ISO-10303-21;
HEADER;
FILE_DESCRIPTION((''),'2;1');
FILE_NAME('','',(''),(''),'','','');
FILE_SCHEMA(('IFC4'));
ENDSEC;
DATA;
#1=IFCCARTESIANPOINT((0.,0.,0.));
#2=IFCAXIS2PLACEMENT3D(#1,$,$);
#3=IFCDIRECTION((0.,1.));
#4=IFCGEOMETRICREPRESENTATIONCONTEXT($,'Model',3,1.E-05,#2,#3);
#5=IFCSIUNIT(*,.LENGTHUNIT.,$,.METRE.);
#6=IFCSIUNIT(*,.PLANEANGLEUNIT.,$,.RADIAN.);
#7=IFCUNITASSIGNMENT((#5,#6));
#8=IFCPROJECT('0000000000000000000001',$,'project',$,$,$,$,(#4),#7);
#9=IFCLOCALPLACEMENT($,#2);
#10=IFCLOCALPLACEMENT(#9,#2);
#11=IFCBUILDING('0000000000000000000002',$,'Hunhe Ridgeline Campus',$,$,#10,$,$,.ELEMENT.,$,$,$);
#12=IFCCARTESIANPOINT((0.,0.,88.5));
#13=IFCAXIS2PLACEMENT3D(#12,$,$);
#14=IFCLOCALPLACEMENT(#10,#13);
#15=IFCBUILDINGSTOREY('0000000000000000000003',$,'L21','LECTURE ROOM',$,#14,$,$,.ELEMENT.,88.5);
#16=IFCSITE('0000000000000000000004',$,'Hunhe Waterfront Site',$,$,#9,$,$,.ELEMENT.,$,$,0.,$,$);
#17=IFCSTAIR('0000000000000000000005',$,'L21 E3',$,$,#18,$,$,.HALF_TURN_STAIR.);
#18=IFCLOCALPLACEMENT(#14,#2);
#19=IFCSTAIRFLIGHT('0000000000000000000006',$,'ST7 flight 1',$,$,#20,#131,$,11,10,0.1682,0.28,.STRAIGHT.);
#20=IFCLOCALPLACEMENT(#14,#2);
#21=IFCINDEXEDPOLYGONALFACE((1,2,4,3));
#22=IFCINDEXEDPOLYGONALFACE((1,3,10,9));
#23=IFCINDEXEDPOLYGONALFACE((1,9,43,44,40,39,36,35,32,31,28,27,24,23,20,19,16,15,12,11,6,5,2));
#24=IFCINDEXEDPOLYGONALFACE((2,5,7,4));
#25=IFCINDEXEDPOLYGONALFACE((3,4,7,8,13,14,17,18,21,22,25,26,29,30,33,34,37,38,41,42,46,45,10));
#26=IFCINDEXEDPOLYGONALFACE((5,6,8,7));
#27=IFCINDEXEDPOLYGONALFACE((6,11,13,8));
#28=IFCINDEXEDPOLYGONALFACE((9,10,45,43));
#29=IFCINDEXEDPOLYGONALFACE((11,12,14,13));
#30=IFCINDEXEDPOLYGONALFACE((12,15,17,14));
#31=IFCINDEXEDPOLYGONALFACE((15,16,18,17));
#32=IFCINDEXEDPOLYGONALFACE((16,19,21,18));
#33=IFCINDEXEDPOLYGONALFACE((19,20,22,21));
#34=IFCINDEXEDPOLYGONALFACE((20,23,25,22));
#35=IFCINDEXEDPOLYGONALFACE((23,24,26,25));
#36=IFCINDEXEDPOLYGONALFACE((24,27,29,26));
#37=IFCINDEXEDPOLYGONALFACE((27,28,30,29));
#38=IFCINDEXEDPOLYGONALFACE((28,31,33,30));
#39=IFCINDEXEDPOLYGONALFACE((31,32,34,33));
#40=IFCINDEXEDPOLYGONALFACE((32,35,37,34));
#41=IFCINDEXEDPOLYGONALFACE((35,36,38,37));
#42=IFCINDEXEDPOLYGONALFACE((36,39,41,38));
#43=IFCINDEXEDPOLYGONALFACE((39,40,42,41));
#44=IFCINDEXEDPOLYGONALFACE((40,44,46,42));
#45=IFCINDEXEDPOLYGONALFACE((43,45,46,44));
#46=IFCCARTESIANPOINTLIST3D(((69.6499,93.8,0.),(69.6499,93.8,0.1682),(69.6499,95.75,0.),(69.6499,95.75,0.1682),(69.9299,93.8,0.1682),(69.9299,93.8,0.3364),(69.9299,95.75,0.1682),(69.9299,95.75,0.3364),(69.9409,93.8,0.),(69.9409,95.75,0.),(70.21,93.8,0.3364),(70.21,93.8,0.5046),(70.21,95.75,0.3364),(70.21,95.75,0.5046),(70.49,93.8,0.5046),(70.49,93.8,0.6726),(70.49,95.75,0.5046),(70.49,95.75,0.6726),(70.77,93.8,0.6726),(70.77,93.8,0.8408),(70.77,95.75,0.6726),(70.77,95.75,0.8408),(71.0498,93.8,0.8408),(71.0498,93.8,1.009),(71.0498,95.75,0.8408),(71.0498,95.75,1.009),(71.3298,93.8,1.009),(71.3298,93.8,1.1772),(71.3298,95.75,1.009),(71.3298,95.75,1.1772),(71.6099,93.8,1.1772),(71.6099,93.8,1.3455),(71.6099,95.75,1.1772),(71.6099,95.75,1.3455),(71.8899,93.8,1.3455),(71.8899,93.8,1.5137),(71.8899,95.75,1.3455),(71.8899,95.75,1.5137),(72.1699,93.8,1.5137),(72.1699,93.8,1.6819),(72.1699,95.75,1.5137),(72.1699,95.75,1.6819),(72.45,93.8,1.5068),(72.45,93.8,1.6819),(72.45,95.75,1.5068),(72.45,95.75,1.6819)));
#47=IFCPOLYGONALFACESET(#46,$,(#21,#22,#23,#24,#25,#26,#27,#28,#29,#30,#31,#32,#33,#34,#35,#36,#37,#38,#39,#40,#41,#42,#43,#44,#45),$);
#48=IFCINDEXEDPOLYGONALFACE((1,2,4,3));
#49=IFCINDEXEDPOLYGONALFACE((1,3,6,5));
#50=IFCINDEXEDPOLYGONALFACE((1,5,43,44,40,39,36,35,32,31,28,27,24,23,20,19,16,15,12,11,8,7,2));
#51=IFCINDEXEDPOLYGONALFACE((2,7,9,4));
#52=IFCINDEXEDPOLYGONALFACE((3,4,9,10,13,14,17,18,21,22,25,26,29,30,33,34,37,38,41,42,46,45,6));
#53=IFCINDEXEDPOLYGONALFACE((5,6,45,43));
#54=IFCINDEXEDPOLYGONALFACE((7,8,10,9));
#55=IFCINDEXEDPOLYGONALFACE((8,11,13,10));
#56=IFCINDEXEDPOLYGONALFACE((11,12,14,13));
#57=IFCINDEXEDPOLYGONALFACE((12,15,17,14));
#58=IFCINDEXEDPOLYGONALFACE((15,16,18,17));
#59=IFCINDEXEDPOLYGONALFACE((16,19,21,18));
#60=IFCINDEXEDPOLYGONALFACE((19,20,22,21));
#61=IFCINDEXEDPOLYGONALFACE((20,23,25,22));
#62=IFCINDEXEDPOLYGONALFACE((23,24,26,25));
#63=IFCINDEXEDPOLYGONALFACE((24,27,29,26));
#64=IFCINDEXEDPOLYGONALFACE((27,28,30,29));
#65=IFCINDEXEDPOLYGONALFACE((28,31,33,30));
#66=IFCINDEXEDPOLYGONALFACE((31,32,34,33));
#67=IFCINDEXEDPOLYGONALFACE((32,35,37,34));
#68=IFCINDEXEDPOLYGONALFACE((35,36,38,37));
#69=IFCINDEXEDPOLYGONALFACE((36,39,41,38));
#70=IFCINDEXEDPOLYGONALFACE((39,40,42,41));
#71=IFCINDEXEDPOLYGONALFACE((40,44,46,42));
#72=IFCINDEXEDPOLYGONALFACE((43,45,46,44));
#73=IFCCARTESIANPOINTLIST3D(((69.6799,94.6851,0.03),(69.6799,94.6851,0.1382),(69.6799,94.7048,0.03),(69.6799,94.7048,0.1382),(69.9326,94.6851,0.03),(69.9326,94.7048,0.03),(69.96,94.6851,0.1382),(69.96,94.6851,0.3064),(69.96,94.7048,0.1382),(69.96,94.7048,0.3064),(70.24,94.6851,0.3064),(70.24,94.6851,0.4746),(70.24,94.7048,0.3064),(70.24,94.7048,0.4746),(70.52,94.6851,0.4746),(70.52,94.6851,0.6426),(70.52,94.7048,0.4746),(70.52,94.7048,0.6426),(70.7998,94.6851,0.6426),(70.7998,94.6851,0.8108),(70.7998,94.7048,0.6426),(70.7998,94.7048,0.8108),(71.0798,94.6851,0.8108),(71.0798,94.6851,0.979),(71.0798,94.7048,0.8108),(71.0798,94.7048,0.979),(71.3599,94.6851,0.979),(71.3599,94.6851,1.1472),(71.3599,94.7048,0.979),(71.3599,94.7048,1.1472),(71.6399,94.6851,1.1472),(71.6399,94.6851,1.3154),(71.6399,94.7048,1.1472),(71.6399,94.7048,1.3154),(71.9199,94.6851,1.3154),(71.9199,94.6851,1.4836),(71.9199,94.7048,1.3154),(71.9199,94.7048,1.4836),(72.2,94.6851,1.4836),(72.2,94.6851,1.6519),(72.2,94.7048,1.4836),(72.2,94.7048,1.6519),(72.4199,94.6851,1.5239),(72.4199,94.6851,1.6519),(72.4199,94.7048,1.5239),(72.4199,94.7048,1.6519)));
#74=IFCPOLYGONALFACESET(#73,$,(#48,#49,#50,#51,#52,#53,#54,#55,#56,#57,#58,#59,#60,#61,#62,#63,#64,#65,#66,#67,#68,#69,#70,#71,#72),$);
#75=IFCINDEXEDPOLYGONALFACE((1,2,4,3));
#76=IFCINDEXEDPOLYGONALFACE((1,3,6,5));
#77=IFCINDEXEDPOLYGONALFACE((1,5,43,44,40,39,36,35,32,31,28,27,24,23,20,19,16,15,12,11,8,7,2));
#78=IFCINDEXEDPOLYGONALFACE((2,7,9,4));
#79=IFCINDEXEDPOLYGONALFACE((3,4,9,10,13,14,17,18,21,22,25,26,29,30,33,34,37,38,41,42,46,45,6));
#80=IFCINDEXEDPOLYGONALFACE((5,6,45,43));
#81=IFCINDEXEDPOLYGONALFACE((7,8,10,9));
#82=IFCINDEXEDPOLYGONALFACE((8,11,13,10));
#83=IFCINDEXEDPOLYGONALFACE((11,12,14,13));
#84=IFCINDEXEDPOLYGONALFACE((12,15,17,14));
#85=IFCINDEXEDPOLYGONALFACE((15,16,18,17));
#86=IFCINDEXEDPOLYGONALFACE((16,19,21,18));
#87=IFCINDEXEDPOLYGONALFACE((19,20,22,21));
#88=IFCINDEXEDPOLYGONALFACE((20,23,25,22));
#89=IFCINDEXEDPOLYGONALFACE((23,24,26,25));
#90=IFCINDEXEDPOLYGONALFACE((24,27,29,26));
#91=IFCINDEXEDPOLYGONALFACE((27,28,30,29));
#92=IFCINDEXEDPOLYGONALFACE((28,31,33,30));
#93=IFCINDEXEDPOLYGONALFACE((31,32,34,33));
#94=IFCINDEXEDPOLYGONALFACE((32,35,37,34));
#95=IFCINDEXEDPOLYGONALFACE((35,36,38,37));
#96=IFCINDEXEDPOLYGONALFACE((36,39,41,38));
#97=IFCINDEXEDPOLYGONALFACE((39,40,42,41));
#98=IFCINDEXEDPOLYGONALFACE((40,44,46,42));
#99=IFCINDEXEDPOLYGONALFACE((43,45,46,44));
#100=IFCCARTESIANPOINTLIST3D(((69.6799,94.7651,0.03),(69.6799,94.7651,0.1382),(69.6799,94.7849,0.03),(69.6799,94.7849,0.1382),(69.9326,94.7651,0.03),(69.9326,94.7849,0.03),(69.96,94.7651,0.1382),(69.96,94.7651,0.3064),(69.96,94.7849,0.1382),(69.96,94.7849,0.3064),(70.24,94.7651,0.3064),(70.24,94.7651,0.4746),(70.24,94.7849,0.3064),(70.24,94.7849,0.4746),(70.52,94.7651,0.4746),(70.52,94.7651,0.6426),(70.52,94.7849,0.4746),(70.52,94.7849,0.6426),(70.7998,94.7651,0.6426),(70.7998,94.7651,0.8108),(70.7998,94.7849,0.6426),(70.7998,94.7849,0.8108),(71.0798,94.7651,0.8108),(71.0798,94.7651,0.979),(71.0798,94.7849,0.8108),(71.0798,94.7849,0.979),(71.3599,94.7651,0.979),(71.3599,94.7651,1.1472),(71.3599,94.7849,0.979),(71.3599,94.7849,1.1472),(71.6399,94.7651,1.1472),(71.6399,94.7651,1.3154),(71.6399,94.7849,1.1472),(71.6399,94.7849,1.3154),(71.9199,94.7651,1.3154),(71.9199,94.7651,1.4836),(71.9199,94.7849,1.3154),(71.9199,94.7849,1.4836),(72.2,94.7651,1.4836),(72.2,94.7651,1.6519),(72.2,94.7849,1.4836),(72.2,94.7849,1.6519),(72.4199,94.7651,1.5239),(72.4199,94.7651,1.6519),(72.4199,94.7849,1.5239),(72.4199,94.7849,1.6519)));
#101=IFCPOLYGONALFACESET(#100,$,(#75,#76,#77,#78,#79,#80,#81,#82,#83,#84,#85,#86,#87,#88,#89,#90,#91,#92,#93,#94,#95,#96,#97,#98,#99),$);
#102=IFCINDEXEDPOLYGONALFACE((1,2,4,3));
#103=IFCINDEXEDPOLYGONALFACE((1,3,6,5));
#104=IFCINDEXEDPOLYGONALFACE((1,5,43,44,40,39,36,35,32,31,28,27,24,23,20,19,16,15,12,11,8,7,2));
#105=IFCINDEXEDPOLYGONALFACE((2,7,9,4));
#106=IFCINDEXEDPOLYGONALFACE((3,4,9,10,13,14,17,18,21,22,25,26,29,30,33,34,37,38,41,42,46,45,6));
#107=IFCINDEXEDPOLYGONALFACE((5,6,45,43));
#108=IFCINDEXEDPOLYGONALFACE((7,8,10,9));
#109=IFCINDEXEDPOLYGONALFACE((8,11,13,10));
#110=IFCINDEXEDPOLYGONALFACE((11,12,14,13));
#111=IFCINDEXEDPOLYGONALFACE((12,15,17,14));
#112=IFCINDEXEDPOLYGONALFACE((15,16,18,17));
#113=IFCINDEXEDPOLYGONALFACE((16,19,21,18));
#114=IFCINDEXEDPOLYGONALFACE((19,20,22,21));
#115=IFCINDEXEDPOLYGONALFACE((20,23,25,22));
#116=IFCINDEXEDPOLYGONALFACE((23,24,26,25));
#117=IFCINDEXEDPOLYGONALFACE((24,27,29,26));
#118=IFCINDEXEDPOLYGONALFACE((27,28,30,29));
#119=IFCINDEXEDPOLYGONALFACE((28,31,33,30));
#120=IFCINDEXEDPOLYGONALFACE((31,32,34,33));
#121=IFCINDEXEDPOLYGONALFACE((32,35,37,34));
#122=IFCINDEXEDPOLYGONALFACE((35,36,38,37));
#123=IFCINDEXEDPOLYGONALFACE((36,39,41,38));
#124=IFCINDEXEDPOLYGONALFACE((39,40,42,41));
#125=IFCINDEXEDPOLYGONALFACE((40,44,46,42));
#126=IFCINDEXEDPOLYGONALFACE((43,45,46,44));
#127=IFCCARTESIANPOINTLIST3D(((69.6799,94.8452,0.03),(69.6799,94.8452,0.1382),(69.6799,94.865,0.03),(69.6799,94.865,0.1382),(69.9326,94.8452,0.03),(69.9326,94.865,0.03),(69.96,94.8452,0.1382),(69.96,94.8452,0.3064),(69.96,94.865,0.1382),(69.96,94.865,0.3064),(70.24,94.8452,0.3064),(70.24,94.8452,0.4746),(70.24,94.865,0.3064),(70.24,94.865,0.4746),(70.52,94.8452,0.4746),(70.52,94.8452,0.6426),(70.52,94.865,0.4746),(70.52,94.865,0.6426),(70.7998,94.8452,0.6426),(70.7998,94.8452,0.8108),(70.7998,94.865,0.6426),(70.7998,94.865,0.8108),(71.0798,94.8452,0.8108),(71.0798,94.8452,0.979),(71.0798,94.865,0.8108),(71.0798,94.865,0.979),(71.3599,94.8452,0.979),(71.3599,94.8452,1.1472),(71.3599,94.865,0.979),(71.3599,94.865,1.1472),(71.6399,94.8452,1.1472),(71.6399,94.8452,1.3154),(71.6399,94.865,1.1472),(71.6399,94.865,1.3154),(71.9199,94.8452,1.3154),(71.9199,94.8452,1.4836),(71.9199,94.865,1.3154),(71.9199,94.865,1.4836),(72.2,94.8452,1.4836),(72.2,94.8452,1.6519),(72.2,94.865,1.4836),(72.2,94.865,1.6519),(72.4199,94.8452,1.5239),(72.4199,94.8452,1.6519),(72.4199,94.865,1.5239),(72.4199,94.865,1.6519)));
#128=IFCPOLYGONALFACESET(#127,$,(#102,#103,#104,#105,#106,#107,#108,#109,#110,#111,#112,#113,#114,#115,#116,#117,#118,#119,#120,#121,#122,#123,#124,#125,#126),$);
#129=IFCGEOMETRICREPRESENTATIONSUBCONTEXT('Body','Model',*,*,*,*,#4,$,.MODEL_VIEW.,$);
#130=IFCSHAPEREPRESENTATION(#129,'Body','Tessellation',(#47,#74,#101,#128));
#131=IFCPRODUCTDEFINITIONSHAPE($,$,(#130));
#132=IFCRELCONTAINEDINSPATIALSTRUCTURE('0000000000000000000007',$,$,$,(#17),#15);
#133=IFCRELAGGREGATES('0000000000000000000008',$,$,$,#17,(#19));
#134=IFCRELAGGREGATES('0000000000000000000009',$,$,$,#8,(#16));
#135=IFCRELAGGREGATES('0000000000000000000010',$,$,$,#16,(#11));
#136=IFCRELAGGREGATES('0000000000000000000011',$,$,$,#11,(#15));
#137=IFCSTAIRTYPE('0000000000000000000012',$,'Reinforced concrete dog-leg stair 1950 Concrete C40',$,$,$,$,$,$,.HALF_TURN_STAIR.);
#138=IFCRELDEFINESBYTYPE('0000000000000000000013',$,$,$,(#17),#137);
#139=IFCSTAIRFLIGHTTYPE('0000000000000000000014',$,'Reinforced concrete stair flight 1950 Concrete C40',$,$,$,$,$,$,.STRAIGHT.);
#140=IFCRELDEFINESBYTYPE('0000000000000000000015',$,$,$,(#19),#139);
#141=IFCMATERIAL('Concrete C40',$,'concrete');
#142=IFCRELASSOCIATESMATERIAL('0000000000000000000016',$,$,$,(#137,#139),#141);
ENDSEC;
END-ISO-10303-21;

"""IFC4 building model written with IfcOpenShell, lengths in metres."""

from ifc_helpers import new_model, si_unit, direction, frame, origin, place, context, subcontext, project, spatial, polyline, outline, extrude, material, type_object, element, aggregate, save


model = new_model("IFC4")

# Units and contexts
model_context = context("Model", 3, precision=1e-05, world=origin(), true_north=direction((0.0, 1.0)))
body_context = subcontext(model_context, "Body", "Model", "MODEL_VIEW")
ifc_project = project(units=[si_unit("LENGTHUNIT", "METRE"), si_unit("PLANEANGLEUNIT", "RADIAN")], contexts=[model_context])

# Site, building, storey
site_placement = place(None, origin())
site = spatial("IfcSite", under=ifc_project, at=site_placement, Name="Hunhe Waterfront Site", CompositionType="ELEMENT", RefElevation=0.0)
building_placement = place(site_placement, origin())
building = spatial("IfcBuilding", under=site, at=building_placement, Name="Hunhe Ridgeline Campus", CompositionType="ELEMENT")
storey_placement = place(building_placement, frame((0.0, 0.0, 88.5)))
storey = spatial("IfcBuildingStorey", under=building, at=storey_placement, Name="L21", Description="LECTURE ROOM", CompositionType="ELEMENT", Elevation=88.5)

# Shared definitions
ifc_material_1 = material(Name="Concrete C40", Category="concrete")
stair_type = type_object("IfcStairType", Name="Reinforced concrete dog-leg stair 1950 Concrete C40", PredefinedType="HALF_TURN_STAIR", material=ifc_material_1)
stair_flight_type = type_object("IfcStairFlightType", Name="Reinforced concrete stair flight 1950 Concrete C40", PredefinedType="STRAIGHT", material=ifc_material_1)

# Stair, stair flight
stair_1_placement = place(storey_placement, origin())
stair_1 = element("IfcStair", 1, at=stair_1_placement, inside=storey, type_object=stair_type, Name="L21 E3", PredefinedType="HALF_TURN_STAIR")
stair_flight_1_placement = place(storey_placement, frame((69.6499, 94.7749, 0.0), z_axis=(0.0, 0.0, 1.0), x_axis=(1.0, 0.0, 0.0)))
stair_flight_1 = element("IfcStairFlight", 2, at=stair_flight_1_placement, type_object=stair_flight_type, Name="ST7 flight 1", NumberOfRisers=11, NumberOfTreads=10, PredefinedType="STRAIGHT", RiserHeight=0.1682, TreadLength=0.28, context=body_context, shape_type="SweptSolid", body=[
    extrude(outline(polyline([(0.0, 0.0), (0.0, 0.1682), (0.28, 0.1682), (0.28, 0.3364), (0.5601, 0.3364), (0.5601, 0.5046), (0.8401, 0.5046), (0.8401, 0.6726), (1.1201, 0.6726), (1.1201, 0.8408), (1.3999, 0.8408), (1.3999, 1.009), (1.6799, 1.009), (1.6799, 1.1772), (1.96, 1.1772), (1.96, 1.3455), (2.24, 1.3455), (2.24, 1.5137), (2.52, 1.5137), (2.52, 1.6819), (2.8, 1.6819), (2.8, 1.8501), (2.8, 1.5068), (0.291, 0.0), (0.0, 0.0)])), frame((0.0, 0.9751, 0.0), z_axis=(0.0, -1.0, 0.0), x_axis=(1.0, 0.0, 0.0)), (0.0, 0.0, 1.0), 1.95),
    extrude(outline(polyline([(0.03, 0.03), (0.03, 0.1382), (0.3101, 0.1382), (0.3101, 0.3064), (0.5901, 0.3064), (0.5901, 0.4746), (0.8701, 0.4746), (0.8701, 0.6426), (1.1499, 0.6426), (1.1499, 0.8108), (1.4299, 0.8108), (1.4299, 0.979), (1.71, 0.979), (1.71, 1.1472), (1.99, 1.1472), (1.99, 1.3154), (2.27, 1.3154), (2.27, 1.4836), (2.55, 1.4836), (2.55, 1.6519), (2.77, 1.6519), (2.77, 1.5239), (0.2827, 0.03), (0.03, 0.03)])), frame((0.0, -0.0701, 0.0), z_axis=(0.0, -1.0, 0.0), x_axis=(1.0, 0.0, 0.0)), (0.0, 0.0, 1.0), 0.0198),
    extrude(outline(polyline([(0.03, 0.03), (0.03, 0.1382), (0.3101, 0.1382), (0.3101, 0.3064), (0.5901, 0.3064), (0.5901, 0.4746), (0.8701, 0.4746), (0.8701, 0.6426), (1.1499, 0.6426), (1.1499, 0.8108), (1.4299, 0.8108), (1.4299, 0.979), (1.71, 0.979), (1.71, 1.1472), (1.99, 1.1472), (1.99, 1.3154), (2.27, 1.3154), (2.27, 1.4836), (2.55, 1.4836), (2.55, 1.6519), (2.77, 1.6519), (2.77, 1.5239), (0.2827, 0.03), (0.03, 0.03)])), frame((0.0, 0.01, 0.0), z_axis=(0.0, -1.0, 0.0), x_axis=(1.0, 0.0, 0.0)), (0.0, 0.0, 1.0), 0.0198),
    extrude(outline(polyline([(0.03, 0.03), (0.03, 0.1382), (0.3101, 0.1382), (0.3101, 0.3064), (0.5901, 0.3064), (0.5901, 0.4746), (0.8701, 0.4746), (0.8701, 0.6426), (1.1499, 0.6426), (1.1499, 0.8108), (1.4299, 0.8108), (1.4299, 0.979), (1.71, 0.979), (1.71, 1.1472), (1.99, 1.1472), (1.99, 1.3154), (2.27, 1.3154), (2.27, 1.4836), (2.55, 1.4836), (2.55, 1.6519), (2.77, 1.6519), (2.77, 1.5239), (0.2827, 0.03), (0.03, 0.03)])), frame((0.0, 0.0901, 0.0), z_axis=(0.0, -1.0, 0.0), x_axis=(1.0, 0.0, 0.0)), (0.0, 0.0, 1.0), 0.0198),
])
aggregate(stair_1, [stair_flight_1])

save(model, "model.ifc")
